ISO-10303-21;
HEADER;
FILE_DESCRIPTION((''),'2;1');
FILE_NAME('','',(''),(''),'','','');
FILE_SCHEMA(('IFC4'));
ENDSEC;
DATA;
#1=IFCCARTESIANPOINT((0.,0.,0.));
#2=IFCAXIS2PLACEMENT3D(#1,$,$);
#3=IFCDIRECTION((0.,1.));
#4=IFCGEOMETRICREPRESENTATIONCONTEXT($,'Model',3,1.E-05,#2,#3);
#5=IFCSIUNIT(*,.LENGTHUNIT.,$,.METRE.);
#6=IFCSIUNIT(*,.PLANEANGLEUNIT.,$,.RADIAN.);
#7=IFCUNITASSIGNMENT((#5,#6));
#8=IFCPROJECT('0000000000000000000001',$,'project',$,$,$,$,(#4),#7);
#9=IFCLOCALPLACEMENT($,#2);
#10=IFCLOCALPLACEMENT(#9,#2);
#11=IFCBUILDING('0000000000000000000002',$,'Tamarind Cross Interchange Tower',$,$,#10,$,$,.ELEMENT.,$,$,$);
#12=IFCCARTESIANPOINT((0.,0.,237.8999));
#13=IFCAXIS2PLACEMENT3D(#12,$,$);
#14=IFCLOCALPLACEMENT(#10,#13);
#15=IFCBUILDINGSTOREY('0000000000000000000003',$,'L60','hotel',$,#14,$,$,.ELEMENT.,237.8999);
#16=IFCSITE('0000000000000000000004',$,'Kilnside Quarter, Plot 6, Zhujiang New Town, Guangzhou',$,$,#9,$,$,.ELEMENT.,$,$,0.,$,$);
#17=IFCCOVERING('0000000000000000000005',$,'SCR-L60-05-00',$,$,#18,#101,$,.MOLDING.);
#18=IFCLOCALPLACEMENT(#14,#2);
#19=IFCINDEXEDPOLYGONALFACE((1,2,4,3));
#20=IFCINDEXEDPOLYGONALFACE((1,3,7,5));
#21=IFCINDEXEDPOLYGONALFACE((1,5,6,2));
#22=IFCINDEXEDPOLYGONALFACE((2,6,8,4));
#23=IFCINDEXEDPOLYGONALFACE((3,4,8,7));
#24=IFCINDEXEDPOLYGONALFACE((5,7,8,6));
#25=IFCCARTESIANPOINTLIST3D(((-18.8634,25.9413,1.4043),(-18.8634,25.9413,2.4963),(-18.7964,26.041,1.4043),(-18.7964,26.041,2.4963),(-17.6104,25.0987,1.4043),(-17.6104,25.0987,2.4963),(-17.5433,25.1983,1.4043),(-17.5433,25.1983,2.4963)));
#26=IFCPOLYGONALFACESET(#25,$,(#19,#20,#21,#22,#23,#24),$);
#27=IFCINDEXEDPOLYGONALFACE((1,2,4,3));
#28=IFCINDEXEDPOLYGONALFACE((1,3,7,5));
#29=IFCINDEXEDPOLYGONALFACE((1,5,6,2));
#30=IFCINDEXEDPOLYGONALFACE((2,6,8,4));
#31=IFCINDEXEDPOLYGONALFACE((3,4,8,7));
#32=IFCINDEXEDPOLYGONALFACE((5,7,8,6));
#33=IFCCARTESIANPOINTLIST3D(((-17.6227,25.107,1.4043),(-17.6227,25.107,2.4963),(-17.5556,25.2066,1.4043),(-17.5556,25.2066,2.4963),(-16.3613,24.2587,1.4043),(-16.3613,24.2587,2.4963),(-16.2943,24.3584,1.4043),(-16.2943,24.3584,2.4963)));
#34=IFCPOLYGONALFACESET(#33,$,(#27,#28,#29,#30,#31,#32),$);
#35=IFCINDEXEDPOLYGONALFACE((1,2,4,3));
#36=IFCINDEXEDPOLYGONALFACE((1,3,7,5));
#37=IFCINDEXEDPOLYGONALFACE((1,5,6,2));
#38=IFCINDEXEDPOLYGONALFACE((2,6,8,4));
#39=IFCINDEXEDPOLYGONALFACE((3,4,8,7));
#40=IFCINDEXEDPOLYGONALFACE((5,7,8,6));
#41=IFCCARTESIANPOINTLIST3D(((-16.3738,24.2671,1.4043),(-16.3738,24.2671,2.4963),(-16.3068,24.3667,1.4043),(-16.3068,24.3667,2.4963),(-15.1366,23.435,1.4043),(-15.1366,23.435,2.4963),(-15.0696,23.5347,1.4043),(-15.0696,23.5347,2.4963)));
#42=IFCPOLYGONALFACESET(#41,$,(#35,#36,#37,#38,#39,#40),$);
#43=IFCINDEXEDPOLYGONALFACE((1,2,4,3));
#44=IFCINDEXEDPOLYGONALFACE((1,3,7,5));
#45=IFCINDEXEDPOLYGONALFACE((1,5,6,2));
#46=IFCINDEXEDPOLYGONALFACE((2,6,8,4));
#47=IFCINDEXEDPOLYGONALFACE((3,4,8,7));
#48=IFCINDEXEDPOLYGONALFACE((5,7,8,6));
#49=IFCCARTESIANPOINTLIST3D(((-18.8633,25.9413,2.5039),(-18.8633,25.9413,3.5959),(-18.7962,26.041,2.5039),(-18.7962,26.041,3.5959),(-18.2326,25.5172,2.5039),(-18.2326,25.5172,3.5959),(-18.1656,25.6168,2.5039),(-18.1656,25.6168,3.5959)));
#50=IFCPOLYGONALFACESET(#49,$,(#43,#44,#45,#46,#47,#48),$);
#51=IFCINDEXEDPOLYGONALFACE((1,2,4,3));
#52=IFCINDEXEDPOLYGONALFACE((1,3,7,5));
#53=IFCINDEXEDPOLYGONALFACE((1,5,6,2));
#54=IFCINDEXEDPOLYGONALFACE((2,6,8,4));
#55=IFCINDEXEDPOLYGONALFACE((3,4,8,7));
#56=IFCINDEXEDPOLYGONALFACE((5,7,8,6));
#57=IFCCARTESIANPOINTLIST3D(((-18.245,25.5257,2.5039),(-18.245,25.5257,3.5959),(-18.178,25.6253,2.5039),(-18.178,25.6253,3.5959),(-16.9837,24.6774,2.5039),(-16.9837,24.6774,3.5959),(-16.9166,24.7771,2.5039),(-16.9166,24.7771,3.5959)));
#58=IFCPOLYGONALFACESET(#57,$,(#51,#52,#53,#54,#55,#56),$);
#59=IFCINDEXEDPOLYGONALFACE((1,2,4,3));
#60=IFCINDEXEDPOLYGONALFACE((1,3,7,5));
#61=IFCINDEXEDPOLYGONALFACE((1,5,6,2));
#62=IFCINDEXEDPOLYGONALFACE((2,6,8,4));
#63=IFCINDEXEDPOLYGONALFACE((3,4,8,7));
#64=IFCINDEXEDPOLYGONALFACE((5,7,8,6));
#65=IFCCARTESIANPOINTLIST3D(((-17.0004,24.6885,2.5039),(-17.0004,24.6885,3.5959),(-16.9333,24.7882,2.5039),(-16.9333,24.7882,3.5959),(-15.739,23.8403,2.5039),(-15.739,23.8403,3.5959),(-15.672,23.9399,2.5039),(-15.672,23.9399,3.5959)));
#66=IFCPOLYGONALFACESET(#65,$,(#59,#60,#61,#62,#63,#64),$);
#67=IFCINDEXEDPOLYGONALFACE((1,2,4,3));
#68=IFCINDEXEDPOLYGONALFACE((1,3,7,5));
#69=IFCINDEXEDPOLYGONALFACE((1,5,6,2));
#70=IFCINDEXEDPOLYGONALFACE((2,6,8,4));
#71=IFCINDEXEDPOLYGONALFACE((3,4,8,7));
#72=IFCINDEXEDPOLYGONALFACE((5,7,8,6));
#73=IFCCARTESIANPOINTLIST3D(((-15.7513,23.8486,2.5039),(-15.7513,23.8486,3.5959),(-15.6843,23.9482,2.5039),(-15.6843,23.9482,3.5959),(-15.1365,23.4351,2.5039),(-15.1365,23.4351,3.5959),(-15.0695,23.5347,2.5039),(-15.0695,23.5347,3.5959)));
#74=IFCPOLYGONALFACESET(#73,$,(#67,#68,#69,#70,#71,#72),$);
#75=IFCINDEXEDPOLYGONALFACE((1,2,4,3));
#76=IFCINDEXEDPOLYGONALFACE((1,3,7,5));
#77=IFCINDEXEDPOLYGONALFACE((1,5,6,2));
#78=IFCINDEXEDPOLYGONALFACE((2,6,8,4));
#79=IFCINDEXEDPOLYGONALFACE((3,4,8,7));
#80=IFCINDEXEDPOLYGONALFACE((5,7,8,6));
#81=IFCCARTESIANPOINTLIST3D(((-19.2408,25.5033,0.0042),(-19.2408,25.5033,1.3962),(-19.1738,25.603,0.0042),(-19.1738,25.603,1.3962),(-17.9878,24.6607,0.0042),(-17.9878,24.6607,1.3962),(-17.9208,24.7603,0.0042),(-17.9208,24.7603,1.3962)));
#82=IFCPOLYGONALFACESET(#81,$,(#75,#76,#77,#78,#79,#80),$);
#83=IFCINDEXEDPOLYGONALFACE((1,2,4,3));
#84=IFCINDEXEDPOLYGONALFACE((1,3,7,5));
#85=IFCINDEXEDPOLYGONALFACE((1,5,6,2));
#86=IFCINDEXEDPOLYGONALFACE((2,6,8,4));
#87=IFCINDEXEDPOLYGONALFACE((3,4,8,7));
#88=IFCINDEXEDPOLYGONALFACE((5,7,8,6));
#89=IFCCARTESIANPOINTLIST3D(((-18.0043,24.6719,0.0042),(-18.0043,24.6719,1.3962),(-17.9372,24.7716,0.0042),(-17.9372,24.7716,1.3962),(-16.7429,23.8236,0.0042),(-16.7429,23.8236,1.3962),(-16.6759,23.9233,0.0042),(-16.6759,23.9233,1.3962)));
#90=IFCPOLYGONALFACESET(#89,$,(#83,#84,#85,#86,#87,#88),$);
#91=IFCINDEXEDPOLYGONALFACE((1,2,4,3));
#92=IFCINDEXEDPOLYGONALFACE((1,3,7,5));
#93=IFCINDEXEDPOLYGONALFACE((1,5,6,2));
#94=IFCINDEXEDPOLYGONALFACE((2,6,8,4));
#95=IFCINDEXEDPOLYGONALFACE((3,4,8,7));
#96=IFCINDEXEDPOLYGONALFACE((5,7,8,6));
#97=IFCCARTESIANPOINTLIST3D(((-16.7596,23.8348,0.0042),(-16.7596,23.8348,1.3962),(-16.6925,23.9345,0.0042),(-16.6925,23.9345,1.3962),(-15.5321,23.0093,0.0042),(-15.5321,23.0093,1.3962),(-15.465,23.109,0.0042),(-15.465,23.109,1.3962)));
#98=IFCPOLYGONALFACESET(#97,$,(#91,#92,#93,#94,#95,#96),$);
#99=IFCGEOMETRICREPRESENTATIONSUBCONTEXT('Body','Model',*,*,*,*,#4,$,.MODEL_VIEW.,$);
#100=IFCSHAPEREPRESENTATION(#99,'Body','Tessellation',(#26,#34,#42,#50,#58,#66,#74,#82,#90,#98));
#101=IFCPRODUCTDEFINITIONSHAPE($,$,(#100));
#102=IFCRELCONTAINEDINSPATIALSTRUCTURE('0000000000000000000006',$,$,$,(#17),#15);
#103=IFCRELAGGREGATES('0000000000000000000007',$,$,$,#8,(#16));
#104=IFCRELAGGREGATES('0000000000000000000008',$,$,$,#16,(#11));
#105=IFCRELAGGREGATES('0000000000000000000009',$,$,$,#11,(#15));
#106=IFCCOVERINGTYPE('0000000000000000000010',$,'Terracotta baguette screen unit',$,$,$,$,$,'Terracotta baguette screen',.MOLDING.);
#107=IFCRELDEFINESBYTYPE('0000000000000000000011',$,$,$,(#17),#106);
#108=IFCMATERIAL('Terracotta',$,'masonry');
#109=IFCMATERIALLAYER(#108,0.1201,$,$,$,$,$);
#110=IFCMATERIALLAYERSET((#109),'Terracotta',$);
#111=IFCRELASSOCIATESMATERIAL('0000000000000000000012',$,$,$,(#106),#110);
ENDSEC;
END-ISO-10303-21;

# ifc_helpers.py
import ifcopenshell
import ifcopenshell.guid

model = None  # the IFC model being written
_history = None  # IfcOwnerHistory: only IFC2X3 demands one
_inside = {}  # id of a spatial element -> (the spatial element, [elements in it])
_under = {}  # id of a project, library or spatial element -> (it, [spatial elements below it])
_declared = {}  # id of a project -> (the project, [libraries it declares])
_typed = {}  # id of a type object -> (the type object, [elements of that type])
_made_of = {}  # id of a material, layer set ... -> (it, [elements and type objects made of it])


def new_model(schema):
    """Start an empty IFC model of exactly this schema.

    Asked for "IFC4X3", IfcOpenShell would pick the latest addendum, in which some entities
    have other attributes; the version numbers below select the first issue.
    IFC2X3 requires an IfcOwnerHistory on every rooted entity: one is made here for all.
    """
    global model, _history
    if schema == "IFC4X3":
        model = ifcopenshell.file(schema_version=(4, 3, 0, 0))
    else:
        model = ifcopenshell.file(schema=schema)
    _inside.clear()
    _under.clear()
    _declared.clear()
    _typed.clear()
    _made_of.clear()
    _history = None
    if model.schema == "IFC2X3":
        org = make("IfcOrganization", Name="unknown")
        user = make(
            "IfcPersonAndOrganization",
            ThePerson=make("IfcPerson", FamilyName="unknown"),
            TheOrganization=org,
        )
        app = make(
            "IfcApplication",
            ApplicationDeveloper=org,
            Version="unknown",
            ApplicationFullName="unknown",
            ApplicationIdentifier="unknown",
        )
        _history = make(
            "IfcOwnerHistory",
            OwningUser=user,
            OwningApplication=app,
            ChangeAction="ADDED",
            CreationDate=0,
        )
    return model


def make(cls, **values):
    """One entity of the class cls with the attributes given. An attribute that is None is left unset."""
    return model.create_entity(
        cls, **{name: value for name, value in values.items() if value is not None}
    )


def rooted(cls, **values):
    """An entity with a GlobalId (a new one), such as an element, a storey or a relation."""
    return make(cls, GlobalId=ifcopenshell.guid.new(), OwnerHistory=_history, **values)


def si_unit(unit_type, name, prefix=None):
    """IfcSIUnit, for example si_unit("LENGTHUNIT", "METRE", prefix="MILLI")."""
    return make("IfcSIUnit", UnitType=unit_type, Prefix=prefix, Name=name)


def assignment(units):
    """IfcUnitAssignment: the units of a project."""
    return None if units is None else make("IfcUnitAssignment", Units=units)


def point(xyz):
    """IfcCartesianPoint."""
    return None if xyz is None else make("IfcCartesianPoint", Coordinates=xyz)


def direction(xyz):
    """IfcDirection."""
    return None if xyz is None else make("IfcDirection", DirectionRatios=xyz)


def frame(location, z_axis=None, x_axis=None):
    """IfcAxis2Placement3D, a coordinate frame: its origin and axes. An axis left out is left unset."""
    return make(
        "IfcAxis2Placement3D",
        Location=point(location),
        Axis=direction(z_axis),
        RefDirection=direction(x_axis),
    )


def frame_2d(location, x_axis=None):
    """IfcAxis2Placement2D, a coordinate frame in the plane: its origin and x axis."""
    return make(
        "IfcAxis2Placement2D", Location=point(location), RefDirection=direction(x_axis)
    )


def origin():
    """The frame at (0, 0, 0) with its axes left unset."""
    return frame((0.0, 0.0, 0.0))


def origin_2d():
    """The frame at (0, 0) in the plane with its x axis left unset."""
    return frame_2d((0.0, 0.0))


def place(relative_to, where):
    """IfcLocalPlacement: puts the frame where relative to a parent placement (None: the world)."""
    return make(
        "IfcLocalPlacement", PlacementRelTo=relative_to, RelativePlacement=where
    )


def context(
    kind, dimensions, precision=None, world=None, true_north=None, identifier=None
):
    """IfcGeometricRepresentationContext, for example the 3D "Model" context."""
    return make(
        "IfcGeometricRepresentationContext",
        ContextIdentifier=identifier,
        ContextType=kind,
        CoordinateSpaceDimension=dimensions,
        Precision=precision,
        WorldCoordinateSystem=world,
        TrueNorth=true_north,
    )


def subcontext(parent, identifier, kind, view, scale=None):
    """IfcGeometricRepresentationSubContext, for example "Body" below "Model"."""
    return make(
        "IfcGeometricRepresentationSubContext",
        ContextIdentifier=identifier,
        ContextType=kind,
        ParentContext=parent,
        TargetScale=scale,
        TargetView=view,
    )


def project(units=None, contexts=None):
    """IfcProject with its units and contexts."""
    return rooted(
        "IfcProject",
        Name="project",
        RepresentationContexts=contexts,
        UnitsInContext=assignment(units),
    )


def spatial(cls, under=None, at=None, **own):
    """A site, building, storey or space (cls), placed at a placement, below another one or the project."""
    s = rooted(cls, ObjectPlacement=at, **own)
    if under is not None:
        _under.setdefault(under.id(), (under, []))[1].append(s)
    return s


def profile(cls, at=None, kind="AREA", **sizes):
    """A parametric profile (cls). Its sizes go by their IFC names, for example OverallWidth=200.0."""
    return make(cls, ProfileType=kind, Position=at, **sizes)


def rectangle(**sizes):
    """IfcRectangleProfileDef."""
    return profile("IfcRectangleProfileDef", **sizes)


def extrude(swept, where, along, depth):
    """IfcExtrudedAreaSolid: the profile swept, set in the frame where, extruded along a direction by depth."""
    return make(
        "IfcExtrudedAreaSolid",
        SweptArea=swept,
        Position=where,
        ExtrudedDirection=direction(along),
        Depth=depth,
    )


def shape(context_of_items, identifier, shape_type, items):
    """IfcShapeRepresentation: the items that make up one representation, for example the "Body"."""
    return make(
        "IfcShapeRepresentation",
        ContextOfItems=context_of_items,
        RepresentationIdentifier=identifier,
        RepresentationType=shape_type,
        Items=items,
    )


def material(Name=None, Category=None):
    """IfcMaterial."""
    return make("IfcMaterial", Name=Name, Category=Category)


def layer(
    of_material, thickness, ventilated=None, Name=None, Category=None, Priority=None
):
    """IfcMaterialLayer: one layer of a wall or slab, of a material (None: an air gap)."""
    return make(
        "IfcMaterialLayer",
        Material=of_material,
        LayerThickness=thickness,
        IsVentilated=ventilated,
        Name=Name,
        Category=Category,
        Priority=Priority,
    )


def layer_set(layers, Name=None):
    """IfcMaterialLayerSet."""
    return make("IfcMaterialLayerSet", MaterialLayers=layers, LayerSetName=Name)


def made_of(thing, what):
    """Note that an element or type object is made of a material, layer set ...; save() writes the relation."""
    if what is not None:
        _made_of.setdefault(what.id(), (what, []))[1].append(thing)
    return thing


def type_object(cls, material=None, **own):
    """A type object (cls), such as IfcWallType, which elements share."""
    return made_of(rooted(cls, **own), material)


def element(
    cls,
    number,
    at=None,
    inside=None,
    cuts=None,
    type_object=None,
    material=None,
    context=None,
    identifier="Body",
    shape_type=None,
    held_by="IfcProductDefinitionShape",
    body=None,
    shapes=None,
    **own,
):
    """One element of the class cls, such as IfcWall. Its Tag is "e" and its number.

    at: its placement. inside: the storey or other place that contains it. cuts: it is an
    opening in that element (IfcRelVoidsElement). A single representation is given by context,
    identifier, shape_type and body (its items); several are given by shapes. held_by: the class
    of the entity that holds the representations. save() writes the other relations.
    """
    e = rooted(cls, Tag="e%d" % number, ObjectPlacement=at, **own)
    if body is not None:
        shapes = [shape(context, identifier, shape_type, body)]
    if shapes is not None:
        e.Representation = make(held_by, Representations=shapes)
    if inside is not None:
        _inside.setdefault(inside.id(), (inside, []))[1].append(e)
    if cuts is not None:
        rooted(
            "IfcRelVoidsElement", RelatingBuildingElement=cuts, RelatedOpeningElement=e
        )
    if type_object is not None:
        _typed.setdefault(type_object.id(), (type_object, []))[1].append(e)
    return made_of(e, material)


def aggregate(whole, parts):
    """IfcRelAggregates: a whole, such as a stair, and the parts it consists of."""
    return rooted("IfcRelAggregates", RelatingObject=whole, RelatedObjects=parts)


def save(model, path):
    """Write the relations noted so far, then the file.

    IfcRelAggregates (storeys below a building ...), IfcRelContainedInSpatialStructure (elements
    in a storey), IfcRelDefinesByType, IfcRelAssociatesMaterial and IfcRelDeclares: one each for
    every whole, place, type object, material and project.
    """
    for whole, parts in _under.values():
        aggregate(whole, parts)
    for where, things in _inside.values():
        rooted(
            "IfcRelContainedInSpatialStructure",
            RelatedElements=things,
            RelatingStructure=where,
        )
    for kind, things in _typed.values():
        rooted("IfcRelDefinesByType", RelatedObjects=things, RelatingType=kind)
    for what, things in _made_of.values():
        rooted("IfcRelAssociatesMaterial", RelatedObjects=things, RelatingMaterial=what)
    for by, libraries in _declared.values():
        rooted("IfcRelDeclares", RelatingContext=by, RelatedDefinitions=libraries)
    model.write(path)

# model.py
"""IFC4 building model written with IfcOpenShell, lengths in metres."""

from ifc_helpers import new_model, si_unit, direction, frame, origin, origin_2d, place, context, subcontext, project, spatial, rectangle, extrude, material, layer, layer_set, type_object, element, save


model = new_model("IFC4")

# Units and contexts
model_context = context("Model", 3, precision=1e-05, world=origin(), true_north=direction((0.0, 1.0)))
body_context = subcontext(model_context, "Body", "Model", "MODEL_VIEW")
ifc_project = project(units=[si_unit("LENGTHUNIT", "METRE"), si_unit("PLANEANGLEUNIT", "RADIAN")], contexts=[model_context])

# Site, building, storey
site_placement = place(None, origin())
site = spatial("IfcSite", under=ifc_project, at=site_placement, Name="Kilnside Quarter, Plot 6, Zhujiang New Town, Guangzhou", CompositionType="ELEMENT", RefElevation=0.0)
building_placement = place(site_placement, origin())
building = spatial("IfcBuilding", under=site, at=building_placement, Name="Tamarind Cross Interchange Tower", CompositionType="ELEMENT")
storey_placement = place(building_placement, frame((0.0, 0.0, 237.8999)))
storey = spatial("IfcBuildingStorey", under=building, at=storey_placement, Name="L60", Description="hotel", CompositionType="ELEMENT", Elevation=237.8999)

# Covering
ifc_material_1 = material(Name="Terracotta", Category="masonry")
ifc_layer_1 = layer(ifc_material_1, 0.1201)
ifc_layer_set_1 = layer_set([ifc_layer_1], Name="Terracotta")
covering_type = type_object("IfcCoveringType", Name="Terracotta baguette screen unit", ElementType="Terracotta baguette screen", PredefinedType="MOLDING", material=ifc_layer_set_1)
covering_1_placement = place(storey_placement, origin())
element("IfcCovering", 1, at=covering_1_placement, inside=storey, type_object=covering_type, Name="SCR-L60-05-00", PredefinedType="MOLDING", context=body_context, shape_type="SweptSolid", body=[
    extrude(rectangle(XDim=1.51, YDim=0.1201, at=origin_2d()), frame((-18.2034, 25.5698, 1.4043), z_axis=(0.0, 0.0, 1.0), x_axis=(0.829809, -0.558048, 0.0)), (0.0, 0.0, 1.0), 1.092),
    extrude(rectangle(XDim=1.52, YDim=0.1201, at=origin_2d()), frame((-16.9585, 24.7327, 1.4043), z_axis=(0.0, 0.0, 1.0), x_axis=(0.829809, -0.558048, 0.0)), (0.0, 0.0, 1.0), 1.092),
    extrude(rectangle(XDim=1.491, YDim=0.1201, at=origin_2d()), frame((-15.7217, 23.9009, 1.4043), z_axis=(0.0, 0.0, 1.0), x_axis=(0.829809, -0.558048, 0.0)), (0.0, 0.0, 1.0), 1.092),
    extrude(rectangle(XDim=0.76, YDim=0.1201, at=origin_2d()), frame((-18.5144, 25.7791, 2.5039), z_axis=(0.0, 0.0, 1.0), x_axis=(0.829809, -0.558048, 0.0)), (0.0, 0.0, 1.0), 1.092),
    extrude(rectangle(XDim=1.52, YDim=0.1201, at=origin_2d()), frame((-17.5808, 25.1514, 2.5039), z_axis=(0.0, 0.0, 1.0), x_axis=(0.829809, -0.558048, 0.0)), (0.0, 0.0, 1.0), 1.092),
    extrude(rectangle(XDim=1.52, YDim=0.1201, at=origin_2d()), frame((-16.3362, 24.3142, 2.5039), z_axis=(0.0, 0.0, 1.0), x_axis=(0.829809, -0.558048, 0.0)), (0.0, 0.0, 1.0), 1.092),
    extrude(rectangle(XDim=0.741, YDim=0.1201, at=origin_2d()), frame((-15.4104, 23.6917, 2.5039), z_axis=(0.0, 0.0, 1.0), x_axis=(0.829809, -0.558048, 0.0)), (0.0, 0.0, 1.0), 1.092),
    extrude(rectangle(XDim=1.51, YDim=0.1201, at=origin_2d()), frame((-18.5808, 25.1318, 0.0042), z_axis=(0.0, 0.0, 1.0), x_axis=(0.829809, -0.558048, 0.0)), (0.0, 0.0, 1.0), 1.3921),
    extrude(rectangle(XDim=1.52, YDim=0.1201, at=origin_2d()), frame((-17.3401, 24.2976, 0.0042), z_axis=(0.0, 0.0, 1.0), x_axis=(0.829809, -0.558048, 0.0)), (0.0, 0.0, 1.0), 1.3921),
    extrude(rectangle(XDim=1.4792, YDim=0.1201, at=origin_2d()), frame((-16.1123, 23.4719, 0.0042), z_axis=(0.0, 0.0, 1.0), x_axis=(0.829809, -0.558048, 0.0)), (0.0, 0.0, 1.0), 1.3921),
])

save(model, "model.ifc")
